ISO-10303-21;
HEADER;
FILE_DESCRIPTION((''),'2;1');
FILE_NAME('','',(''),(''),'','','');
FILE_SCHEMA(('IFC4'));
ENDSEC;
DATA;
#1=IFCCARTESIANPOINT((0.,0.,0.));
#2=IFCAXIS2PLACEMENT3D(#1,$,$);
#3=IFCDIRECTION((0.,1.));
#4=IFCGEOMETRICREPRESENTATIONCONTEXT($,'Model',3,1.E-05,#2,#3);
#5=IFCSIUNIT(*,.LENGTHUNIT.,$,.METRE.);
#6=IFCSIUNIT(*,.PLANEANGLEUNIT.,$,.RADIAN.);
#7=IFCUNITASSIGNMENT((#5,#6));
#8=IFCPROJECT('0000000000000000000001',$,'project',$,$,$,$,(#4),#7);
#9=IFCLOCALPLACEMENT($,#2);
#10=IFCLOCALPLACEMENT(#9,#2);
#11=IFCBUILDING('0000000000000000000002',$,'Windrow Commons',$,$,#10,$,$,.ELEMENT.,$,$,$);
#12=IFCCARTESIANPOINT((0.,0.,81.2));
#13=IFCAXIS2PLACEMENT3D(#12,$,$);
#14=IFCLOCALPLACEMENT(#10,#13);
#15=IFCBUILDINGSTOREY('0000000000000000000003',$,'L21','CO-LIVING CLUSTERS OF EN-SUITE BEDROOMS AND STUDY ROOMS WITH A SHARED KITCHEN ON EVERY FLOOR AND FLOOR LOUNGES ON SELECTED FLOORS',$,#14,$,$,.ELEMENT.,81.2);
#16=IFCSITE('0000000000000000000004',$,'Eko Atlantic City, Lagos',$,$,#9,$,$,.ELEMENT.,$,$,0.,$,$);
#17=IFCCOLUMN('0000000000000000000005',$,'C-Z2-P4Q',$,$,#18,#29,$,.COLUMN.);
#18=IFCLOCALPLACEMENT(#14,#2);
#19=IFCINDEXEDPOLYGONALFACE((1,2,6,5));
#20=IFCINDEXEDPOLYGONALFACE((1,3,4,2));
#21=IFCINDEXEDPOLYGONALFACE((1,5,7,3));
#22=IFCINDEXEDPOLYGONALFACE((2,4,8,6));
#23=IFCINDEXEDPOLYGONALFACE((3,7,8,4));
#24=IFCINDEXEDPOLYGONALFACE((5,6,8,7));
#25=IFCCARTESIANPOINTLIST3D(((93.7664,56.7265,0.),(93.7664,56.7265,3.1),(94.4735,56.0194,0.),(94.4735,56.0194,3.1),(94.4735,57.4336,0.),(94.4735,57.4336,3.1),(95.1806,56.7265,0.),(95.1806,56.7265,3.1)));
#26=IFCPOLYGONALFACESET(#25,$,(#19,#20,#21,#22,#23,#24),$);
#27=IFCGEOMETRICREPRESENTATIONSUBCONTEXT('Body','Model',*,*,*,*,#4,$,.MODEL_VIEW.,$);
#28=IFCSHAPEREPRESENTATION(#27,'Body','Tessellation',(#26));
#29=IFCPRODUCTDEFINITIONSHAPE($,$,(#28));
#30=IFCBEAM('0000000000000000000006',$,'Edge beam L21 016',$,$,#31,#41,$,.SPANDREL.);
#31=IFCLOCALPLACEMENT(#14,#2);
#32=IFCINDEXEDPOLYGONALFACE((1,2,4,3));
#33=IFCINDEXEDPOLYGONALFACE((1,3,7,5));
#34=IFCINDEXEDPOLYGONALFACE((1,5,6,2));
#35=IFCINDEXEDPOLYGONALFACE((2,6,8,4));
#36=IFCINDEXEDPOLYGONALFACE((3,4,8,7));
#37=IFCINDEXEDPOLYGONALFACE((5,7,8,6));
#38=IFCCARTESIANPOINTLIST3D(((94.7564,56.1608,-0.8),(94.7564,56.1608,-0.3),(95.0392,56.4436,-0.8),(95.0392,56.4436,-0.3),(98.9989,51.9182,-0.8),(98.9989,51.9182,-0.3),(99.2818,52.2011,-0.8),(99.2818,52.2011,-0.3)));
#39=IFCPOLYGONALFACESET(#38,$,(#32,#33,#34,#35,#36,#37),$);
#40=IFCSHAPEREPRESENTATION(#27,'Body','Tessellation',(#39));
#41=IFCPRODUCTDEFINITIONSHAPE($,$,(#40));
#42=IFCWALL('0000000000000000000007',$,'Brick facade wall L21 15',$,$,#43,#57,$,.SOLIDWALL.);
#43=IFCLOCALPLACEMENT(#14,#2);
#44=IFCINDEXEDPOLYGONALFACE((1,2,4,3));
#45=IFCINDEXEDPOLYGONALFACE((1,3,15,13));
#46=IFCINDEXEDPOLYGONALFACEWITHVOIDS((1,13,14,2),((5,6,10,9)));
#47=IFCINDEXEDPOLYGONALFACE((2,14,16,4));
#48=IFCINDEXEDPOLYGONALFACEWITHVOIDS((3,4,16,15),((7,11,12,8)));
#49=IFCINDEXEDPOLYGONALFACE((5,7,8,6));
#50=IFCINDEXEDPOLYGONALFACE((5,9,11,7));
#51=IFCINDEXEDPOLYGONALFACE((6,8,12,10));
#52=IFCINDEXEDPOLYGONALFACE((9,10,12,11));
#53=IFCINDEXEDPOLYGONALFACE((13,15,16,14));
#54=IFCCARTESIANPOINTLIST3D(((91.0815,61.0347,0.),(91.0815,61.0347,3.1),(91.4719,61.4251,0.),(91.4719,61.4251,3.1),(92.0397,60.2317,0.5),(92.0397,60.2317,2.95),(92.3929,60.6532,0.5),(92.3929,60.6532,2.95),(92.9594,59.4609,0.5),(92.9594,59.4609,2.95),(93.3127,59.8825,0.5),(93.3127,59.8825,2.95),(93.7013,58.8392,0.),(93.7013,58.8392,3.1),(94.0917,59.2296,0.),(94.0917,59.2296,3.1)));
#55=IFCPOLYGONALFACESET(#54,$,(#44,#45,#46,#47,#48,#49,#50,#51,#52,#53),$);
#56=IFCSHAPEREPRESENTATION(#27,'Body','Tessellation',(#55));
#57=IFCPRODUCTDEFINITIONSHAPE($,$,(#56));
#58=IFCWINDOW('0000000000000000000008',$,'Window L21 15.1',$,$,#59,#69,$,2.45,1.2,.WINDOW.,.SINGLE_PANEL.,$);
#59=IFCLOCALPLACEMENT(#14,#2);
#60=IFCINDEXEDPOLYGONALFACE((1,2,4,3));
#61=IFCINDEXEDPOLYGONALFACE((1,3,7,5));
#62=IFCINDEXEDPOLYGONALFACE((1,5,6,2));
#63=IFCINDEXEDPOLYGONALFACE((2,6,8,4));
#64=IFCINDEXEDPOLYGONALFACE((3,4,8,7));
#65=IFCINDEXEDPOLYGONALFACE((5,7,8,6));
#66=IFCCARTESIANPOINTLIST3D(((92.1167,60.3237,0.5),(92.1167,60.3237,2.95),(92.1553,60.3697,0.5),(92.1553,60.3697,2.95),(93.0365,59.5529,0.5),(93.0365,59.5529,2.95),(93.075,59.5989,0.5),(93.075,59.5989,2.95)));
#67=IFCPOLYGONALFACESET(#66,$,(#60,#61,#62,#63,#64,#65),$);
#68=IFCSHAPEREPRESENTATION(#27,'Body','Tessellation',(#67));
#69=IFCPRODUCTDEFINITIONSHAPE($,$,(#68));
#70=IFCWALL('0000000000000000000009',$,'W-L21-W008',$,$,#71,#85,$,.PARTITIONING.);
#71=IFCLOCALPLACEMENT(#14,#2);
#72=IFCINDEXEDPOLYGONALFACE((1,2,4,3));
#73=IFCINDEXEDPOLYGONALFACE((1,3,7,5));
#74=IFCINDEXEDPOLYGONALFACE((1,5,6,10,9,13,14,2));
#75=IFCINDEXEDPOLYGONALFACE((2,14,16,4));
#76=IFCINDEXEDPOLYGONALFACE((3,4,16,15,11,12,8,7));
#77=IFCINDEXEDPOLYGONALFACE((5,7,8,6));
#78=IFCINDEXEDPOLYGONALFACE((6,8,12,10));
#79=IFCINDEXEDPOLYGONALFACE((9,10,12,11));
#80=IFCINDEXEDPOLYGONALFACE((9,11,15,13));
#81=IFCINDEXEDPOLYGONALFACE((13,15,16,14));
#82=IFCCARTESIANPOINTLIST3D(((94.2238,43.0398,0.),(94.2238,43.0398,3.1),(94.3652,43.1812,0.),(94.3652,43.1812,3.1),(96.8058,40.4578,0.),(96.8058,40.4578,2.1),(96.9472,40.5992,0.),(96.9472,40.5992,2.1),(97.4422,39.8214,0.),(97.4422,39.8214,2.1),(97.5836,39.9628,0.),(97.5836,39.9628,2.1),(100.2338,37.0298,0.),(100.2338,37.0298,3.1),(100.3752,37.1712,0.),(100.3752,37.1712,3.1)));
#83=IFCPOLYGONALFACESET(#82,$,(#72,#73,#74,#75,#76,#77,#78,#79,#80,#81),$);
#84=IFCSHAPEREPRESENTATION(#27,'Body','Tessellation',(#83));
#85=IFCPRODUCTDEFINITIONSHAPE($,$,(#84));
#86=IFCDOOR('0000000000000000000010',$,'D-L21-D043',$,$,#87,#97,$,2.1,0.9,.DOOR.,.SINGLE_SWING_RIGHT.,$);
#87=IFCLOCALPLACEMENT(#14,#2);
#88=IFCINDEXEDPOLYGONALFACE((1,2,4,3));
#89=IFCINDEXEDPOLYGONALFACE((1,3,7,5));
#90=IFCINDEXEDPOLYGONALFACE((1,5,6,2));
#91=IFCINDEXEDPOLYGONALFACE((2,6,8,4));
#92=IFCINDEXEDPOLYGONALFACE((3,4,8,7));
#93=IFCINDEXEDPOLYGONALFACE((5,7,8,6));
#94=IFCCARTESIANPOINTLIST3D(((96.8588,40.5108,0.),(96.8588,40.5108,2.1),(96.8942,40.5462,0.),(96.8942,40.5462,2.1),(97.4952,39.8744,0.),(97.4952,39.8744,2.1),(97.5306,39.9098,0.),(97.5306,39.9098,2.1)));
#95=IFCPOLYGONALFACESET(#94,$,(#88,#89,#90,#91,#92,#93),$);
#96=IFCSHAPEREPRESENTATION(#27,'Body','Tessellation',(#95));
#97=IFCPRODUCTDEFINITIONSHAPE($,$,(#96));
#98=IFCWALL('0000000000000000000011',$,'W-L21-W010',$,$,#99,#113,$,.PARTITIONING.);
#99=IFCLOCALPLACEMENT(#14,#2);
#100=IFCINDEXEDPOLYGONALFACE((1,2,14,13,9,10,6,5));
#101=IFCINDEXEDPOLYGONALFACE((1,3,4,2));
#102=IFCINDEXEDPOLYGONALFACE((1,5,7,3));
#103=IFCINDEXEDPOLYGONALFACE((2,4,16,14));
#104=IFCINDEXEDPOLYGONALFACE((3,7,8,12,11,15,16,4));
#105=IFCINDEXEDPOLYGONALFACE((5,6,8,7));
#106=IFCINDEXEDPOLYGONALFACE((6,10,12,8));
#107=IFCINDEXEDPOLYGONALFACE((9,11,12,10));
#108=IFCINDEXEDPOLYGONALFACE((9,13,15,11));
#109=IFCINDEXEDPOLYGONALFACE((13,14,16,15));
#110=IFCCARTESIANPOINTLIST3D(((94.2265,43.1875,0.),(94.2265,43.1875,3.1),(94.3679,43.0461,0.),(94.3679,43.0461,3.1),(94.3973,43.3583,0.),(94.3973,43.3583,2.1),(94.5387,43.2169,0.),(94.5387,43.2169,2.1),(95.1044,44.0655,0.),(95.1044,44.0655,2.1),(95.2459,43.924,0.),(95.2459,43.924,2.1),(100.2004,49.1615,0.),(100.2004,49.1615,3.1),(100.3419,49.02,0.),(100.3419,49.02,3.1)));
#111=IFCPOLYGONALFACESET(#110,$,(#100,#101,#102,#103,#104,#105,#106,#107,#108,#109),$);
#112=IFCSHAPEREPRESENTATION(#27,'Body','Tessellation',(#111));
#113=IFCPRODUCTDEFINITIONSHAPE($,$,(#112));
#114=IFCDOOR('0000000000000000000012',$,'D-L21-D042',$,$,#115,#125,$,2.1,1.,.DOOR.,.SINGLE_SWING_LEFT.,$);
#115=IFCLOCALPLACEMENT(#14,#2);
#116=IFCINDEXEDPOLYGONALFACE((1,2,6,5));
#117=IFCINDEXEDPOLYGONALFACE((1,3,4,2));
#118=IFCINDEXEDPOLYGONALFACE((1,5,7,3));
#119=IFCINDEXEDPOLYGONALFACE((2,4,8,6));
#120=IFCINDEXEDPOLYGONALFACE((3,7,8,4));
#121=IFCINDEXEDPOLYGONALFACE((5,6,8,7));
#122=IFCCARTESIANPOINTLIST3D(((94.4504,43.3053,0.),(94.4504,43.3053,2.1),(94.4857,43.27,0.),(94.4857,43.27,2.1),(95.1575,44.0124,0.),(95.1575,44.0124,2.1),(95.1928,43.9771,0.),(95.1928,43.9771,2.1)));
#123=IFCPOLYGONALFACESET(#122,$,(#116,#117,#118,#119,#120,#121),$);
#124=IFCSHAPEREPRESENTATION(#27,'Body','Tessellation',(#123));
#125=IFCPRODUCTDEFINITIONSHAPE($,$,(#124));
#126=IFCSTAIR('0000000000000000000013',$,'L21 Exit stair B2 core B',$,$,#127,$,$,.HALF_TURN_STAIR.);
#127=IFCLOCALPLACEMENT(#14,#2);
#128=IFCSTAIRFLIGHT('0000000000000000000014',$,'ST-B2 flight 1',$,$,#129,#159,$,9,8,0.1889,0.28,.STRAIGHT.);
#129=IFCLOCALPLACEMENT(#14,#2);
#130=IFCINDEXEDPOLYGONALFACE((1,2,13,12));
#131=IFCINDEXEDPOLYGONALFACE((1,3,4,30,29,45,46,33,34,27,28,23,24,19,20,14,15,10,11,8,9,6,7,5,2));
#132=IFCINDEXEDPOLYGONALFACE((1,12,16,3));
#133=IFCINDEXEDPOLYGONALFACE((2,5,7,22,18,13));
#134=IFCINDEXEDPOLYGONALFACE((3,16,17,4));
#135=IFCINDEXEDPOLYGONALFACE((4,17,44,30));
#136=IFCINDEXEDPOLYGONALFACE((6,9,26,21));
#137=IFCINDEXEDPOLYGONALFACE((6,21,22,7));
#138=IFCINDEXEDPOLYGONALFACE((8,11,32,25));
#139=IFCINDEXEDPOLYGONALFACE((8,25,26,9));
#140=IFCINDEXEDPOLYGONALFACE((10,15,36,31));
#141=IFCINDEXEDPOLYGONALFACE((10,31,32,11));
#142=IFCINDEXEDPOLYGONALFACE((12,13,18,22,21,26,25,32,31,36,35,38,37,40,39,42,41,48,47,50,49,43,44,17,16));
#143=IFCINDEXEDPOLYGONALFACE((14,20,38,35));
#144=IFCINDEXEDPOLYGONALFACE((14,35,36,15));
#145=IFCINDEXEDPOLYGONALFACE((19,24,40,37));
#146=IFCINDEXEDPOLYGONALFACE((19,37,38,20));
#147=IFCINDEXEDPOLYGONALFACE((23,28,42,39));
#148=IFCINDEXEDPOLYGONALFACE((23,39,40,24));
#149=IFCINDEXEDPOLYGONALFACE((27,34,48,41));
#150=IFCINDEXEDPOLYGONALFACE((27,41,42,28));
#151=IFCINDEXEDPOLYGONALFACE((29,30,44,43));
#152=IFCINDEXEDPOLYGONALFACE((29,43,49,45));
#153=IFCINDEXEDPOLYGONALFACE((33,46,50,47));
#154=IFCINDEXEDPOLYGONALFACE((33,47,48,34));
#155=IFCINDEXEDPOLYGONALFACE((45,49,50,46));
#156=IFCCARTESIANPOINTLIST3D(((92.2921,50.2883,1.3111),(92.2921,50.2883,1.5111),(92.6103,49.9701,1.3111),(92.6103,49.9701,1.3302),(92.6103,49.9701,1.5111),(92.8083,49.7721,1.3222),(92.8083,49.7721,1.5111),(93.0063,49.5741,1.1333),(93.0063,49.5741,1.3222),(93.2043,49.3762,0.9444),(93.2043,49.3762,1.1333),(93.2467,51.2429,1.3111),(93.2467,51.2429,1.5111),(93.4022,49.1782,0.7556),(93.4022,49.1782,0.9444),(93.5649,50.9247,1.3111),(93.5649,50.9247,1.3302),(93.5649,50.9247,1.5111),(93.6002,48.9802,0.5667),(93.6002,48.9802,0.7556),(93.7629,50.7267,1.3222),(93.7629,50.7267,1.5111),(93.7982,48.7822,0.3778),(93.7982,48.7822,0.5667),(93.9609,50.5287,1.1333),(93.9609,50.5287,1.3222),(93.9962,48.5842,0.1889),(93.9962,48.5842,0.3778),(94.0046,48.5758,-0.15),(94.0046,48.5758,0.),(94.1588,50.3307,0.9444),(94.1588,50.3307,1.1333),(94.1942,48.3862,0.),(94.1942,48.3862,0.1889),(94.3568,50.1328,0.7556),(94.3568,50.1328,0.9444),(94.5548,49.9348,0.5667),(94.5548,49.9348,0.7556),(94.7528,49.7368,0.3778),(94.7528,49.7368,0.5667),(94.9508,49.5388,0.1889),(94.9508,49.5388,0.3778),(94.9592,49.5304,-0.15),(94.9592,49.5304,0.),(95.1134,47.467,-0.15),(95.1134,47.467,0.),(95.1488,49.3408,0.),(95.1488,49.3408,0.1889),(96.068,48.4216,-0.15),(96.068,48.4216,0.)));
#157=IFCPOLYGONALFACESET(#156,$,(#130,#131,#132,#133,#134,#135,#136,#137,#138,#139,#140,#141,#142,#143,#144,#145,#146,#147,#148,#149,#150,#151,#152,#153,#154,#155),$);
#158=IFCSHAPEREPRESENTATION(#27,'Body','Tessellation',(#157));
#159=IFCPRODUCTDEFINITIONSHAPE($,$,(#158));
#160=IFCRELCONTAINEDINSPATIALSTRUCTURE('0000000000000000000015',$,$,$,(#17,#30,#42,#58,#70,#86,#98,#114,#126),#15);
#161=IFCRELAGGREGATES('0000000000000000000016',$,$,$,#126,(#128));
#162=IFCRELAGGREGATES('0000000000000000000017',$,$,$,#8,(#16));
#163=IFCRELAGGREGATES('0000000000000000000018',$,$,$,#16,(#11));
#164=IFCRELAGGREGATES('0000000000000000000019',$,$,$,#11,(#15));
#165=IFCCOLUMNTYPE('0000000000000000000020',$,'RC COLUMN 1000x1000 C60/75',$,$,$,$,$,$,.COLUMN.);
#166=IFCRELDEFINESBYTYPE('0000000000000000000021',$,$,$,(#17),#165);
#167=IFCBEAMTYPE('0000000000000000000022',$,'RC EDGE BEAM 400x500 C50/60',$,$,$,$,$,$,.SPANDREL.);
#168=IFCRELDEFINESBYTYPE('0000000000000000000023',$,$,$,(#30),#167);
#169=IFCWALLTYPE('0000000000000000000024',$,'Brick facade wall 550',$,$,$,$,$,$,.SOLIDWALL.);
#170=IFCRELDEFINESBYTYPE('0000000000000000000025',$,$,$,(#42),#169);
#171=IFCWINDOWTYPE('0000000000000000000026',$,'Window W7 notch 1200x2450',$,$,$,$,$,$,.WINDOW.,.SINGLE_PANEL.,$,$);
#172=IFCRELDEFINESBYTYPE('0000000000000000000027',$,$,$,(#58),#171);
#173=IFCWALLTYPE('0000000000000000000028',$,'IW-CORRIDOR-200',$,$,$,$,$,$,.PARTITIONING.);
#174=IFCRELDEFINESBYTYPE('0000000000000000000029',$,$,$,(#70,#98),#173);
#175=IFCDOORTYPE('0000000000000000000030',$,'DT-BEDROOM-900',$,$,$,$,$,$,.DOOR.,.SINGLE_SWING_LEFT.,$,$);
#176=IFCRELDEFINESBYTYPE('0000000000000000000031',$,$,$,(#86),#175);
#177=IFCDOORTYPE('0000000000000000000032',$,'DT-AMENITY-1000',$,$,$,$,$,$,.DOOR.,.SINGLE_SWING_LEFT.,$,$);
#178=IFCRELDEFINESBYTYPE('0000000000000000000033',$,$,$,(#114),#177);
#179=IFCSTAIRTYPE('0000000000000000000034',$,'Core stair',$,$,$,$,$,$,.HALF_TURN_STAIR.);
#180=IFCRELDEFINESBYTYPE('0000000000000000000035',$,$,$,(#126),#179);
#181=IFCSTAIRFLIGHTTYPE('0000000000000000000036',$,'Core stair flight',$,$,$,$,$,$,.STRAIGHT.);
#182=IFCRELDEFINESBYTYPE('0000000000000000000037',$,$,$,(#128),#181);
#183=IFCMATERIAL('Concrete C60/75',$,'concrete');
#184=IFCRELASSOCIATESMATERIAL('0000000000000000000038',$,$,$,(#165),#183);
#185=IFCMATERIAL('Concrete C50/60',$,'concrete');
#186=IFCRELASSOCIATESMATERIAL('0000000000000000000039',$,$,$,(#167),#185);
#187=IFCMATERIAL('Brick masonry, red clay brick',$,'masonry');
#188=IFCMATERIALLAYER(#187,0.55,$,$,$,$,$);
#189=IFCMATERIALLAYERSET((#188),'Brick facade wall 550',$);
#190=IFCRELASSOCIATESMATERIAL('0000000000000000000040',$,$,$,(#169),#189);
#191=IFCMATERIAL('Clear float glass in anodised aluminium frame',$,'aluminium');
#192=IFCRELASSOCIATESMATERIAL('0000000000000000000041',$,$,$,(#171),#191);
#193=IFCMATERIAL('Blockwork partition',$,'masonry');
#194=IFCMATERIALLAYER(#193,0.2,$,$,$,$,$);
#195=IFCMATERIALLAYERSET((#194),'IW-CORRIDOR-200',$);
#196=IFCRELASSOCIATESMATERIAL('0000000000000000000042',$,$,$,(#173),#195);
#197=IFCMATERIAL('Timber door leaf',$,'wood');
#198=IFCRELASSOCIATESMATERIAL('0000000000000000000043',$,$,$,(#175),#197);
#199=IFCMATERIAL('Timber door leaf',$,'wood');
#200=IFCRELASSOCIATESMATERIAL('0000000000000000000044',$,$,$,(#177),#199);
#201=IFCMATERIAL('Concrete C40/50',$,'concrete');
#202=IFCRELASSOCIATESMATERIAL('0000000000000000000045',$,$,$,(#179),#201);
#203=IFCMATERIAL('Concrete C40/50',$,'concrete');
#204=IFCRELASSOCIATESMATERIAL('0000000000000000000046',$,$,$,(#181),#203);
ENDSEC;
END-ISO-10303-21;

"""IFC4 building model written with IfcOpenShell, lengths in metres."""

from ifc_helpers import new_model, si_unit, direction, frame, frame_2d, origin, origin_2d, place, context, subcontext, project, spatial, polyline, rectangle, outline, extrude, material, layer, layer_set, material_profile, profile_set, type_object, element, fill, aggregate, save


model = new_model("IFC4")

# Units and contexts
model_context = context("Model", 3, precision=1e-05, world=origin(), true_north=direction((0.0, 1.0)))
body_context = subcontext(model_context, "Body", "Model", "MODEL_VIEW")
ifc_project = project(units=[si_unit("LENGTHUNIT", "METRE"), si_unit("PLANEANGLEUNIT", "RADIAN")], contexts=[model_context])

# Site, building, storey
site_placement = place(None, origin())
site = spatial("IfcSite", under=ifc_project, at=site_placement, Name="Eko Atlantic City, Lagos", CompositionType="ELEMENT", RefElevation=0.0)
building_placement = place(site_placement, origin())
building = spatial("IfcBuilding", under=site, at=building_placement, Name="Windrow Commons", CompositionType="ELEMENT")
storey_placement = place(building_placement, frame((0.0, 0.0, 81.2)))
storey = spatial("IfcBuildingStorey", under=building, at=storey_placement, Name="L21", Description="CO-LIVING CLUSTERS OF EN-SUITE BEDROOMS AND STUDY ROOMS WITH A SHARED KITCHEN ON EVERY FLOOR AND FLOOR LOUNGES ON SELECTED FLOORS", CompositionType="ELEMENT", Elevation=81.2)

# Column
ifc_material_1 = material(Name="Concrete C60/75", Category="concrete")
ifc_material_profile_1 = material_profile(ifc_material_1, rectangle(XDim=1.0, YDim=1.0, at=origin_2d()))
ifc_profile_set_1 = profile_set([ifc_material_profile_1], Name="Concrete C60/75")
column_type = type_object("IfcColumnType", Name="RC COLUMN 1000x1000 C60/75", PredefinedType="COLUMN", material=ifc_profile_set_1)
column_placement = place(storey_placement, frame((94.4735, 56.7265, 0.0), z_axis=(0.0, 0.0, 1.0), x_axis=(0.707107, -0.707107, 0.0)))
element("IfcColumn", 1, at=column_placement, inside=storey, type_object=column_type, Name="C-Z2-P4Q", PredefinedType="COLUMN", context=body_context, shape_type="SweptSolid", body=[
    extrude(rectangle(XDim=1.0, YDim=1.0, at=origin_2d()), origin(), (0.0, 0.0, 1.0), 3.1),
])

# Beam
ifc_material_2 = material(Name="Concrete C50/60", Category="concrete")
ifc_material_profile_2 = material_profile(ifc_material_2, rectangle(XDim=0.4, YDim=0.5, at=origin_2d()))
ifc_profile_set_2 = profile_set([ifc_material_profile_2], Name="Concrete C50/60")
beam_type = type_object("IfcBeamType", Name="RC EDGE BEAM 400x500 C50/60", PredefinedType="SPANDREL", material=ifc_profile_set_2)
beam_placement = place(storey_placement, frame((94.8978, 56.3022, -0.55), z_axis=(0.707107, -0.707107, 0.0), x_axis=(0.707107, 0.707107, 0.0)))
element("IfcBeam", 2, at=beam_placement, inside=storey, type_object=beam_type, Name="Edge beam L21 016", PredefinedType="SPANDREL", context=body_context, shape_type="SweptSolid", body=[
    extrude(rectangle(XDim=0.4, YDim=0.5, at=origin_2d()), origin(), (0.0, 0.0, 1.0), 5.9999),
])

# Wall, opening, window
ifc_material_3 = material(Name="Brick masonry, red clay brick", Category="masonry")
ifc_layer_1 = layer(ifc_material_3, 0.55)
ifc_layer_set_1 = layer_set([ifc_layer_1], Name="Brick facade wall 550")
wall_type_1 = type_object("IfcWallType", Name="Brick facade wall 550", PredefinedType="SOLIDWALL", material=ifc_layer_set_1)
wall_1_placement = place(storey_placement, frame((93.8965, 59.0344, 0.0), z_axis=(0.0, 0.0, 1.0), x_axis=(-0.766444, 0.642311, 0.0)))
wall_1 = element("IfcWall", 3, at=wall_1_placement, inside=storey, type_object=wall_type_1, Name="Brick facade wall L21 15", PredefinedType="SOLIDWALL", context=body_context, shape_type="SweptSolid", body=[
    extrude(outline(polyline([(-0.0242, -0.275), (3.3939, -0.275), (3.4424, 0.275), (0.0242, 0.275), (-0.0242, -0.275)])), origin(), (0.0, 0.0, 1.0), 3.1),
])
opening_1_placement = place(wall_1_placement, frame((0.9922, 0.0, 0.5)))
opening_1 = element("IfcOpeningElement", 4, at=opening_1_placement, cuts=wall_1, PredefinedType="OPENING", context=body_context, shape_type="SweptSolid", body=[
    extrude(rectangle(XDim=1.2, YDim=2.45, at=frame_2d((0.6, 1.225))), frame((0.0, 0.285, 0.0), z_axis=(0.0, -1.0, 0.0), x_axis=(1.0, 0.0, 0.0)), (0.0, 0.0, 1.0), 0.57),
])
ifc_material_4 = material(Name="Clear float glass in anodised aluminium frame", Category="aluminium")
window_type = type_object("IfcWindowType", Name="Window W7 notch 1200x2450", PartitioningType="SINGLE_PANEL", PredefinedType="WINDOW", material=ifc_material_4)
window_placement = place(opening_1_placement, origin())
window = element("IfcWindow", 5, at=window_placement, inside=storey, type_object=window_type, Name="Window L21 15.1", OverallHeight=2.45, OverallWidth=1.2, PartitioningType="SINGLE_PANEL", PredefinedType="WINDOW", context=body_context, shape_type="SweptSolid", body=[
    extrude(rectangle(XDim=1.2, YDim=2.45, at=frame_2d((0.6, 1.225))), frame((0.0, 0.155, 0.0), z_axis=(0.0, -1.0, 0.0), x_axis=(1.0, 0.0, 0.0)), (0.0, 0.0, 1.0), 0.06),
])
fill(opening_1, window)

# Walls, openings, doors
ifc_material_5 = material(Name="Blockwork partition", Category="masonry")
ifc_layer_2 = layer(ifc_material_5, 0.2)
ifc_layer_set_2 = layer_set([ifc_layer_2], Name="IW-CORRIDOR-200")
wall_type_2 = type_object("IfcWallType", Name="IW-CORRIDOR-200", PredefinedType="PARTITIONING", material=ifc_layer_set_2)
wall_2_placement = place(storey_placement, frame((94.2945, 43.1105, 0.0), z_axis=(0.0, 0.0, 1.0), x_axis=(0.707107, -0.707107, 0.0)))
wall_2 = element("IfcWall", 6, at=wall_2_placement, inside=storey, type_object=wall_type_2, Name="W-L21-W008", PredefinedType="PARTITIONING", context=body_context, shape_type="SweptSolid", body=[
    extrude(rectangle(XDim=8.4994, YDim=0.2, at=frame_2d((4.2497, 0.0))), origin(), (0.0, 0.0, 1.0), 3.1),
])
opening_2_placement = place(wall_2_placement, frame((3.6515, 0.0, 0.0)))
opening_2 = element("IfcOpeningElement", 7, at=opening_2_placement, cuts=wall_2, PredefinedType="OPENING", context=body_context, shape_type="SweptSolid", body=[
    extrude(rectangle(XDim=0.9, YDim=2.1, at=frame_2d((0.45, 1.05))), frame((0.0, 0.11, 0.0), z_axis=(0.0, -1.0, 0.0), x_axis=(1.0, 0.0, 0.0)), (0.0, 0.0, 1.0), 0.22),
])
ifc_material_6 = material(Name="Timber door leaf", Category="wood")
door_type_1 = type_object("IfcDoorType", Name="DT-BEDROOM-900", OperationType="SINGLE_SWING_LEFT", PredefinedType="DOOR", material=ifc_material_6)
door_1_placement = place(opening_2_placement, origin())
door_1 = element("IfcDoor", 8, at=door_1_placement, inside=storey, type_object=door_type_1, Name="D-L21-D043", OperationType="SINGLE_SWING_RIGHT", OverallHeight=2.1, OverallWidth=0.9, PredefinedType="DOOR", context=body_context, shape_type="SweptSolid", body=[
    extrude(rectangle(XDim=0.9, YDim=2.1, at=frame_2d((0.45, 1.05))), frame((0.0, 0.025, 0.0), z_axis=(0.0, -1.0, 0.0), x_axis=(1.0, 0.0, 0.0)), (0.0, 0.0, 1.0), 0.05),
])
fill(opening_2, door_1)
wall_3_placement = place(storey_placement, frame((94.2972, 43.1168, 0.0), z_axis=(0.0, 0.0, 1.0), x_axis=(0.707107, 0.707107, 0.0)))
wall_3 = element("IfcWall", 9, at=wall_3_placement, inside=storey, type_object=wall_type_2, Name="W-L21-W010", PredefinedType="PARTITIONING", context=body_context, shape_type="SweptSolid", body=[
    extrude(rectangle(XDim=8.4485, YDim=0.2, at=frame_2d((4.2242, 0.0))), origin(), (0.0, 0.0, 1.0), 3.1),
])
opening_3_placement = place(wall_3_placement, frame((0.2416, 0.0, 0.0)))
opening_3 = element("IfcOpeningElement", 10, at=opening_3_placement, cuts=wall_3, PredefinedType="OPENING", context=body_context, shape_type="SweptSolid", body=[
    extrude(rectangle(XDim=1.0, YDim=2.1, at=frame_2d((0.5, 1.05))), frame((0.0, 0.11, 0.0), z_axis=(0.0, -1.0, 0.0), x_axis=(1.0, 0.0, 0.0)), (0.0, 0.0, 1.0), 0.22),
])
ifc_material_7 = material(Name="Timber door leaf", Category="wood")
door_type_2 = type_object("IfcDoorType", Name="DT-AMENITY-1000", OperationType="SINGLE_SWING_LEFT", PredefinedType="DOOR", material=ifc_material_7)
door_2_placement = place(opening_3_placement, origin())
door_2 = element("IfcDoor", 11, at=door_2_placement, inside=storey, type_object=door_type_2, Name="D-L21-D042", OperationType="SINGLE_SWING_LEFT", OverallHeight=2.1, OverallWidth=1.0, PredefinedType="DOOR", context=body_context, shape_type="SweptSolid", body=[
    extrude(rectangle(XDim=1.0, YDim=2.1, at=frame_2d((0.5, 1.05))), frame((0.0, 0.025, 0.0), z_axis=(0.0, -1.0, 0.0), x_axis=(1.0, 0.0, 0.0)), (0.0, 0.0, 1.0), 0.05),
])
fill(opening_3, door_2)

# Stair, stair flight
ifc_material_8 = material(Name="Concrete C40/50", Category="concrete")
stair_type = type_object("IfcStairType", Name="Core stair", PredefinedType="HALF_TURN_STAIR", material=ifc_material_8)
stair_placement = place(storey_placement, origin())
stair = element("IfcStair", 12, at=stair_placement, inside=storey, type_object=stair_type, Name="L21 Exit stair B2 core B", PredefinedType="HALF_TURN_STAIR")
ifc_material_9 = material(Name="Concrete C40/50", Category="concrete")
stair_flight_type = type_object("IfcStairFlightType", Name="Core stair flight", PredefinedType="STRAIGHT", material=ifc_material_9)
stair_flight_1_placement = place(storey_placement, frame((94.6715, 48.8635, 0.0), z_axis=(0.0, 0.0, 1.0), x_axis=(-0.707107, 0.707107, 0.0)))
stair_flight_1 = element("IfcStairFlight", 13, at=stair_flight_1_placement, type_object=stair_flight_type, Name="ST-B2 flight 1", NumberOfRisers=9, NumberOfTreads=8, PredefinedType="STRAIGHT", RiserHeight=0.1889, TreadLength=0.28, context=body_context, shape_type="SweptSolid", body=[
    extrude(outline(polyline([(-1.3, -0.15), (-1.3, 0.0), (0.0, 0.0), (0.0, 0.1889), (0.28, 0.1889), (0.28, 0.3778), (0.56, 0.3778), (0.56, 0.5667), (0.84, 0.5667), (0.84, 0.7556), (1.12, 0.7556), (1.12, 0.9444), (1.4, 0.9444), (1.4, 1.1333), (1.68, 1.1333), (1.68, 1.3222), (1.96, 1.3222), (1.96, 1.5111), (2.24, 1.5111), (2.69, 1.5111), (2.69, 1.3111), (2.24, 1.3111), (2.24, 1.3302), (0.2682, 0.0), (0.2682, -0.15), (-1.3, -0.15)])), frame((0.0, 0.675, 0.0), z_axis=(0.0, -1.0, 0.0), x_axis=(1.0, 0.0, 0.0)), (0.0, 0.0, 1.0), 1.35),
])
aggregate(stair, [stair_flight_1])

save(model, "model.ifc")
